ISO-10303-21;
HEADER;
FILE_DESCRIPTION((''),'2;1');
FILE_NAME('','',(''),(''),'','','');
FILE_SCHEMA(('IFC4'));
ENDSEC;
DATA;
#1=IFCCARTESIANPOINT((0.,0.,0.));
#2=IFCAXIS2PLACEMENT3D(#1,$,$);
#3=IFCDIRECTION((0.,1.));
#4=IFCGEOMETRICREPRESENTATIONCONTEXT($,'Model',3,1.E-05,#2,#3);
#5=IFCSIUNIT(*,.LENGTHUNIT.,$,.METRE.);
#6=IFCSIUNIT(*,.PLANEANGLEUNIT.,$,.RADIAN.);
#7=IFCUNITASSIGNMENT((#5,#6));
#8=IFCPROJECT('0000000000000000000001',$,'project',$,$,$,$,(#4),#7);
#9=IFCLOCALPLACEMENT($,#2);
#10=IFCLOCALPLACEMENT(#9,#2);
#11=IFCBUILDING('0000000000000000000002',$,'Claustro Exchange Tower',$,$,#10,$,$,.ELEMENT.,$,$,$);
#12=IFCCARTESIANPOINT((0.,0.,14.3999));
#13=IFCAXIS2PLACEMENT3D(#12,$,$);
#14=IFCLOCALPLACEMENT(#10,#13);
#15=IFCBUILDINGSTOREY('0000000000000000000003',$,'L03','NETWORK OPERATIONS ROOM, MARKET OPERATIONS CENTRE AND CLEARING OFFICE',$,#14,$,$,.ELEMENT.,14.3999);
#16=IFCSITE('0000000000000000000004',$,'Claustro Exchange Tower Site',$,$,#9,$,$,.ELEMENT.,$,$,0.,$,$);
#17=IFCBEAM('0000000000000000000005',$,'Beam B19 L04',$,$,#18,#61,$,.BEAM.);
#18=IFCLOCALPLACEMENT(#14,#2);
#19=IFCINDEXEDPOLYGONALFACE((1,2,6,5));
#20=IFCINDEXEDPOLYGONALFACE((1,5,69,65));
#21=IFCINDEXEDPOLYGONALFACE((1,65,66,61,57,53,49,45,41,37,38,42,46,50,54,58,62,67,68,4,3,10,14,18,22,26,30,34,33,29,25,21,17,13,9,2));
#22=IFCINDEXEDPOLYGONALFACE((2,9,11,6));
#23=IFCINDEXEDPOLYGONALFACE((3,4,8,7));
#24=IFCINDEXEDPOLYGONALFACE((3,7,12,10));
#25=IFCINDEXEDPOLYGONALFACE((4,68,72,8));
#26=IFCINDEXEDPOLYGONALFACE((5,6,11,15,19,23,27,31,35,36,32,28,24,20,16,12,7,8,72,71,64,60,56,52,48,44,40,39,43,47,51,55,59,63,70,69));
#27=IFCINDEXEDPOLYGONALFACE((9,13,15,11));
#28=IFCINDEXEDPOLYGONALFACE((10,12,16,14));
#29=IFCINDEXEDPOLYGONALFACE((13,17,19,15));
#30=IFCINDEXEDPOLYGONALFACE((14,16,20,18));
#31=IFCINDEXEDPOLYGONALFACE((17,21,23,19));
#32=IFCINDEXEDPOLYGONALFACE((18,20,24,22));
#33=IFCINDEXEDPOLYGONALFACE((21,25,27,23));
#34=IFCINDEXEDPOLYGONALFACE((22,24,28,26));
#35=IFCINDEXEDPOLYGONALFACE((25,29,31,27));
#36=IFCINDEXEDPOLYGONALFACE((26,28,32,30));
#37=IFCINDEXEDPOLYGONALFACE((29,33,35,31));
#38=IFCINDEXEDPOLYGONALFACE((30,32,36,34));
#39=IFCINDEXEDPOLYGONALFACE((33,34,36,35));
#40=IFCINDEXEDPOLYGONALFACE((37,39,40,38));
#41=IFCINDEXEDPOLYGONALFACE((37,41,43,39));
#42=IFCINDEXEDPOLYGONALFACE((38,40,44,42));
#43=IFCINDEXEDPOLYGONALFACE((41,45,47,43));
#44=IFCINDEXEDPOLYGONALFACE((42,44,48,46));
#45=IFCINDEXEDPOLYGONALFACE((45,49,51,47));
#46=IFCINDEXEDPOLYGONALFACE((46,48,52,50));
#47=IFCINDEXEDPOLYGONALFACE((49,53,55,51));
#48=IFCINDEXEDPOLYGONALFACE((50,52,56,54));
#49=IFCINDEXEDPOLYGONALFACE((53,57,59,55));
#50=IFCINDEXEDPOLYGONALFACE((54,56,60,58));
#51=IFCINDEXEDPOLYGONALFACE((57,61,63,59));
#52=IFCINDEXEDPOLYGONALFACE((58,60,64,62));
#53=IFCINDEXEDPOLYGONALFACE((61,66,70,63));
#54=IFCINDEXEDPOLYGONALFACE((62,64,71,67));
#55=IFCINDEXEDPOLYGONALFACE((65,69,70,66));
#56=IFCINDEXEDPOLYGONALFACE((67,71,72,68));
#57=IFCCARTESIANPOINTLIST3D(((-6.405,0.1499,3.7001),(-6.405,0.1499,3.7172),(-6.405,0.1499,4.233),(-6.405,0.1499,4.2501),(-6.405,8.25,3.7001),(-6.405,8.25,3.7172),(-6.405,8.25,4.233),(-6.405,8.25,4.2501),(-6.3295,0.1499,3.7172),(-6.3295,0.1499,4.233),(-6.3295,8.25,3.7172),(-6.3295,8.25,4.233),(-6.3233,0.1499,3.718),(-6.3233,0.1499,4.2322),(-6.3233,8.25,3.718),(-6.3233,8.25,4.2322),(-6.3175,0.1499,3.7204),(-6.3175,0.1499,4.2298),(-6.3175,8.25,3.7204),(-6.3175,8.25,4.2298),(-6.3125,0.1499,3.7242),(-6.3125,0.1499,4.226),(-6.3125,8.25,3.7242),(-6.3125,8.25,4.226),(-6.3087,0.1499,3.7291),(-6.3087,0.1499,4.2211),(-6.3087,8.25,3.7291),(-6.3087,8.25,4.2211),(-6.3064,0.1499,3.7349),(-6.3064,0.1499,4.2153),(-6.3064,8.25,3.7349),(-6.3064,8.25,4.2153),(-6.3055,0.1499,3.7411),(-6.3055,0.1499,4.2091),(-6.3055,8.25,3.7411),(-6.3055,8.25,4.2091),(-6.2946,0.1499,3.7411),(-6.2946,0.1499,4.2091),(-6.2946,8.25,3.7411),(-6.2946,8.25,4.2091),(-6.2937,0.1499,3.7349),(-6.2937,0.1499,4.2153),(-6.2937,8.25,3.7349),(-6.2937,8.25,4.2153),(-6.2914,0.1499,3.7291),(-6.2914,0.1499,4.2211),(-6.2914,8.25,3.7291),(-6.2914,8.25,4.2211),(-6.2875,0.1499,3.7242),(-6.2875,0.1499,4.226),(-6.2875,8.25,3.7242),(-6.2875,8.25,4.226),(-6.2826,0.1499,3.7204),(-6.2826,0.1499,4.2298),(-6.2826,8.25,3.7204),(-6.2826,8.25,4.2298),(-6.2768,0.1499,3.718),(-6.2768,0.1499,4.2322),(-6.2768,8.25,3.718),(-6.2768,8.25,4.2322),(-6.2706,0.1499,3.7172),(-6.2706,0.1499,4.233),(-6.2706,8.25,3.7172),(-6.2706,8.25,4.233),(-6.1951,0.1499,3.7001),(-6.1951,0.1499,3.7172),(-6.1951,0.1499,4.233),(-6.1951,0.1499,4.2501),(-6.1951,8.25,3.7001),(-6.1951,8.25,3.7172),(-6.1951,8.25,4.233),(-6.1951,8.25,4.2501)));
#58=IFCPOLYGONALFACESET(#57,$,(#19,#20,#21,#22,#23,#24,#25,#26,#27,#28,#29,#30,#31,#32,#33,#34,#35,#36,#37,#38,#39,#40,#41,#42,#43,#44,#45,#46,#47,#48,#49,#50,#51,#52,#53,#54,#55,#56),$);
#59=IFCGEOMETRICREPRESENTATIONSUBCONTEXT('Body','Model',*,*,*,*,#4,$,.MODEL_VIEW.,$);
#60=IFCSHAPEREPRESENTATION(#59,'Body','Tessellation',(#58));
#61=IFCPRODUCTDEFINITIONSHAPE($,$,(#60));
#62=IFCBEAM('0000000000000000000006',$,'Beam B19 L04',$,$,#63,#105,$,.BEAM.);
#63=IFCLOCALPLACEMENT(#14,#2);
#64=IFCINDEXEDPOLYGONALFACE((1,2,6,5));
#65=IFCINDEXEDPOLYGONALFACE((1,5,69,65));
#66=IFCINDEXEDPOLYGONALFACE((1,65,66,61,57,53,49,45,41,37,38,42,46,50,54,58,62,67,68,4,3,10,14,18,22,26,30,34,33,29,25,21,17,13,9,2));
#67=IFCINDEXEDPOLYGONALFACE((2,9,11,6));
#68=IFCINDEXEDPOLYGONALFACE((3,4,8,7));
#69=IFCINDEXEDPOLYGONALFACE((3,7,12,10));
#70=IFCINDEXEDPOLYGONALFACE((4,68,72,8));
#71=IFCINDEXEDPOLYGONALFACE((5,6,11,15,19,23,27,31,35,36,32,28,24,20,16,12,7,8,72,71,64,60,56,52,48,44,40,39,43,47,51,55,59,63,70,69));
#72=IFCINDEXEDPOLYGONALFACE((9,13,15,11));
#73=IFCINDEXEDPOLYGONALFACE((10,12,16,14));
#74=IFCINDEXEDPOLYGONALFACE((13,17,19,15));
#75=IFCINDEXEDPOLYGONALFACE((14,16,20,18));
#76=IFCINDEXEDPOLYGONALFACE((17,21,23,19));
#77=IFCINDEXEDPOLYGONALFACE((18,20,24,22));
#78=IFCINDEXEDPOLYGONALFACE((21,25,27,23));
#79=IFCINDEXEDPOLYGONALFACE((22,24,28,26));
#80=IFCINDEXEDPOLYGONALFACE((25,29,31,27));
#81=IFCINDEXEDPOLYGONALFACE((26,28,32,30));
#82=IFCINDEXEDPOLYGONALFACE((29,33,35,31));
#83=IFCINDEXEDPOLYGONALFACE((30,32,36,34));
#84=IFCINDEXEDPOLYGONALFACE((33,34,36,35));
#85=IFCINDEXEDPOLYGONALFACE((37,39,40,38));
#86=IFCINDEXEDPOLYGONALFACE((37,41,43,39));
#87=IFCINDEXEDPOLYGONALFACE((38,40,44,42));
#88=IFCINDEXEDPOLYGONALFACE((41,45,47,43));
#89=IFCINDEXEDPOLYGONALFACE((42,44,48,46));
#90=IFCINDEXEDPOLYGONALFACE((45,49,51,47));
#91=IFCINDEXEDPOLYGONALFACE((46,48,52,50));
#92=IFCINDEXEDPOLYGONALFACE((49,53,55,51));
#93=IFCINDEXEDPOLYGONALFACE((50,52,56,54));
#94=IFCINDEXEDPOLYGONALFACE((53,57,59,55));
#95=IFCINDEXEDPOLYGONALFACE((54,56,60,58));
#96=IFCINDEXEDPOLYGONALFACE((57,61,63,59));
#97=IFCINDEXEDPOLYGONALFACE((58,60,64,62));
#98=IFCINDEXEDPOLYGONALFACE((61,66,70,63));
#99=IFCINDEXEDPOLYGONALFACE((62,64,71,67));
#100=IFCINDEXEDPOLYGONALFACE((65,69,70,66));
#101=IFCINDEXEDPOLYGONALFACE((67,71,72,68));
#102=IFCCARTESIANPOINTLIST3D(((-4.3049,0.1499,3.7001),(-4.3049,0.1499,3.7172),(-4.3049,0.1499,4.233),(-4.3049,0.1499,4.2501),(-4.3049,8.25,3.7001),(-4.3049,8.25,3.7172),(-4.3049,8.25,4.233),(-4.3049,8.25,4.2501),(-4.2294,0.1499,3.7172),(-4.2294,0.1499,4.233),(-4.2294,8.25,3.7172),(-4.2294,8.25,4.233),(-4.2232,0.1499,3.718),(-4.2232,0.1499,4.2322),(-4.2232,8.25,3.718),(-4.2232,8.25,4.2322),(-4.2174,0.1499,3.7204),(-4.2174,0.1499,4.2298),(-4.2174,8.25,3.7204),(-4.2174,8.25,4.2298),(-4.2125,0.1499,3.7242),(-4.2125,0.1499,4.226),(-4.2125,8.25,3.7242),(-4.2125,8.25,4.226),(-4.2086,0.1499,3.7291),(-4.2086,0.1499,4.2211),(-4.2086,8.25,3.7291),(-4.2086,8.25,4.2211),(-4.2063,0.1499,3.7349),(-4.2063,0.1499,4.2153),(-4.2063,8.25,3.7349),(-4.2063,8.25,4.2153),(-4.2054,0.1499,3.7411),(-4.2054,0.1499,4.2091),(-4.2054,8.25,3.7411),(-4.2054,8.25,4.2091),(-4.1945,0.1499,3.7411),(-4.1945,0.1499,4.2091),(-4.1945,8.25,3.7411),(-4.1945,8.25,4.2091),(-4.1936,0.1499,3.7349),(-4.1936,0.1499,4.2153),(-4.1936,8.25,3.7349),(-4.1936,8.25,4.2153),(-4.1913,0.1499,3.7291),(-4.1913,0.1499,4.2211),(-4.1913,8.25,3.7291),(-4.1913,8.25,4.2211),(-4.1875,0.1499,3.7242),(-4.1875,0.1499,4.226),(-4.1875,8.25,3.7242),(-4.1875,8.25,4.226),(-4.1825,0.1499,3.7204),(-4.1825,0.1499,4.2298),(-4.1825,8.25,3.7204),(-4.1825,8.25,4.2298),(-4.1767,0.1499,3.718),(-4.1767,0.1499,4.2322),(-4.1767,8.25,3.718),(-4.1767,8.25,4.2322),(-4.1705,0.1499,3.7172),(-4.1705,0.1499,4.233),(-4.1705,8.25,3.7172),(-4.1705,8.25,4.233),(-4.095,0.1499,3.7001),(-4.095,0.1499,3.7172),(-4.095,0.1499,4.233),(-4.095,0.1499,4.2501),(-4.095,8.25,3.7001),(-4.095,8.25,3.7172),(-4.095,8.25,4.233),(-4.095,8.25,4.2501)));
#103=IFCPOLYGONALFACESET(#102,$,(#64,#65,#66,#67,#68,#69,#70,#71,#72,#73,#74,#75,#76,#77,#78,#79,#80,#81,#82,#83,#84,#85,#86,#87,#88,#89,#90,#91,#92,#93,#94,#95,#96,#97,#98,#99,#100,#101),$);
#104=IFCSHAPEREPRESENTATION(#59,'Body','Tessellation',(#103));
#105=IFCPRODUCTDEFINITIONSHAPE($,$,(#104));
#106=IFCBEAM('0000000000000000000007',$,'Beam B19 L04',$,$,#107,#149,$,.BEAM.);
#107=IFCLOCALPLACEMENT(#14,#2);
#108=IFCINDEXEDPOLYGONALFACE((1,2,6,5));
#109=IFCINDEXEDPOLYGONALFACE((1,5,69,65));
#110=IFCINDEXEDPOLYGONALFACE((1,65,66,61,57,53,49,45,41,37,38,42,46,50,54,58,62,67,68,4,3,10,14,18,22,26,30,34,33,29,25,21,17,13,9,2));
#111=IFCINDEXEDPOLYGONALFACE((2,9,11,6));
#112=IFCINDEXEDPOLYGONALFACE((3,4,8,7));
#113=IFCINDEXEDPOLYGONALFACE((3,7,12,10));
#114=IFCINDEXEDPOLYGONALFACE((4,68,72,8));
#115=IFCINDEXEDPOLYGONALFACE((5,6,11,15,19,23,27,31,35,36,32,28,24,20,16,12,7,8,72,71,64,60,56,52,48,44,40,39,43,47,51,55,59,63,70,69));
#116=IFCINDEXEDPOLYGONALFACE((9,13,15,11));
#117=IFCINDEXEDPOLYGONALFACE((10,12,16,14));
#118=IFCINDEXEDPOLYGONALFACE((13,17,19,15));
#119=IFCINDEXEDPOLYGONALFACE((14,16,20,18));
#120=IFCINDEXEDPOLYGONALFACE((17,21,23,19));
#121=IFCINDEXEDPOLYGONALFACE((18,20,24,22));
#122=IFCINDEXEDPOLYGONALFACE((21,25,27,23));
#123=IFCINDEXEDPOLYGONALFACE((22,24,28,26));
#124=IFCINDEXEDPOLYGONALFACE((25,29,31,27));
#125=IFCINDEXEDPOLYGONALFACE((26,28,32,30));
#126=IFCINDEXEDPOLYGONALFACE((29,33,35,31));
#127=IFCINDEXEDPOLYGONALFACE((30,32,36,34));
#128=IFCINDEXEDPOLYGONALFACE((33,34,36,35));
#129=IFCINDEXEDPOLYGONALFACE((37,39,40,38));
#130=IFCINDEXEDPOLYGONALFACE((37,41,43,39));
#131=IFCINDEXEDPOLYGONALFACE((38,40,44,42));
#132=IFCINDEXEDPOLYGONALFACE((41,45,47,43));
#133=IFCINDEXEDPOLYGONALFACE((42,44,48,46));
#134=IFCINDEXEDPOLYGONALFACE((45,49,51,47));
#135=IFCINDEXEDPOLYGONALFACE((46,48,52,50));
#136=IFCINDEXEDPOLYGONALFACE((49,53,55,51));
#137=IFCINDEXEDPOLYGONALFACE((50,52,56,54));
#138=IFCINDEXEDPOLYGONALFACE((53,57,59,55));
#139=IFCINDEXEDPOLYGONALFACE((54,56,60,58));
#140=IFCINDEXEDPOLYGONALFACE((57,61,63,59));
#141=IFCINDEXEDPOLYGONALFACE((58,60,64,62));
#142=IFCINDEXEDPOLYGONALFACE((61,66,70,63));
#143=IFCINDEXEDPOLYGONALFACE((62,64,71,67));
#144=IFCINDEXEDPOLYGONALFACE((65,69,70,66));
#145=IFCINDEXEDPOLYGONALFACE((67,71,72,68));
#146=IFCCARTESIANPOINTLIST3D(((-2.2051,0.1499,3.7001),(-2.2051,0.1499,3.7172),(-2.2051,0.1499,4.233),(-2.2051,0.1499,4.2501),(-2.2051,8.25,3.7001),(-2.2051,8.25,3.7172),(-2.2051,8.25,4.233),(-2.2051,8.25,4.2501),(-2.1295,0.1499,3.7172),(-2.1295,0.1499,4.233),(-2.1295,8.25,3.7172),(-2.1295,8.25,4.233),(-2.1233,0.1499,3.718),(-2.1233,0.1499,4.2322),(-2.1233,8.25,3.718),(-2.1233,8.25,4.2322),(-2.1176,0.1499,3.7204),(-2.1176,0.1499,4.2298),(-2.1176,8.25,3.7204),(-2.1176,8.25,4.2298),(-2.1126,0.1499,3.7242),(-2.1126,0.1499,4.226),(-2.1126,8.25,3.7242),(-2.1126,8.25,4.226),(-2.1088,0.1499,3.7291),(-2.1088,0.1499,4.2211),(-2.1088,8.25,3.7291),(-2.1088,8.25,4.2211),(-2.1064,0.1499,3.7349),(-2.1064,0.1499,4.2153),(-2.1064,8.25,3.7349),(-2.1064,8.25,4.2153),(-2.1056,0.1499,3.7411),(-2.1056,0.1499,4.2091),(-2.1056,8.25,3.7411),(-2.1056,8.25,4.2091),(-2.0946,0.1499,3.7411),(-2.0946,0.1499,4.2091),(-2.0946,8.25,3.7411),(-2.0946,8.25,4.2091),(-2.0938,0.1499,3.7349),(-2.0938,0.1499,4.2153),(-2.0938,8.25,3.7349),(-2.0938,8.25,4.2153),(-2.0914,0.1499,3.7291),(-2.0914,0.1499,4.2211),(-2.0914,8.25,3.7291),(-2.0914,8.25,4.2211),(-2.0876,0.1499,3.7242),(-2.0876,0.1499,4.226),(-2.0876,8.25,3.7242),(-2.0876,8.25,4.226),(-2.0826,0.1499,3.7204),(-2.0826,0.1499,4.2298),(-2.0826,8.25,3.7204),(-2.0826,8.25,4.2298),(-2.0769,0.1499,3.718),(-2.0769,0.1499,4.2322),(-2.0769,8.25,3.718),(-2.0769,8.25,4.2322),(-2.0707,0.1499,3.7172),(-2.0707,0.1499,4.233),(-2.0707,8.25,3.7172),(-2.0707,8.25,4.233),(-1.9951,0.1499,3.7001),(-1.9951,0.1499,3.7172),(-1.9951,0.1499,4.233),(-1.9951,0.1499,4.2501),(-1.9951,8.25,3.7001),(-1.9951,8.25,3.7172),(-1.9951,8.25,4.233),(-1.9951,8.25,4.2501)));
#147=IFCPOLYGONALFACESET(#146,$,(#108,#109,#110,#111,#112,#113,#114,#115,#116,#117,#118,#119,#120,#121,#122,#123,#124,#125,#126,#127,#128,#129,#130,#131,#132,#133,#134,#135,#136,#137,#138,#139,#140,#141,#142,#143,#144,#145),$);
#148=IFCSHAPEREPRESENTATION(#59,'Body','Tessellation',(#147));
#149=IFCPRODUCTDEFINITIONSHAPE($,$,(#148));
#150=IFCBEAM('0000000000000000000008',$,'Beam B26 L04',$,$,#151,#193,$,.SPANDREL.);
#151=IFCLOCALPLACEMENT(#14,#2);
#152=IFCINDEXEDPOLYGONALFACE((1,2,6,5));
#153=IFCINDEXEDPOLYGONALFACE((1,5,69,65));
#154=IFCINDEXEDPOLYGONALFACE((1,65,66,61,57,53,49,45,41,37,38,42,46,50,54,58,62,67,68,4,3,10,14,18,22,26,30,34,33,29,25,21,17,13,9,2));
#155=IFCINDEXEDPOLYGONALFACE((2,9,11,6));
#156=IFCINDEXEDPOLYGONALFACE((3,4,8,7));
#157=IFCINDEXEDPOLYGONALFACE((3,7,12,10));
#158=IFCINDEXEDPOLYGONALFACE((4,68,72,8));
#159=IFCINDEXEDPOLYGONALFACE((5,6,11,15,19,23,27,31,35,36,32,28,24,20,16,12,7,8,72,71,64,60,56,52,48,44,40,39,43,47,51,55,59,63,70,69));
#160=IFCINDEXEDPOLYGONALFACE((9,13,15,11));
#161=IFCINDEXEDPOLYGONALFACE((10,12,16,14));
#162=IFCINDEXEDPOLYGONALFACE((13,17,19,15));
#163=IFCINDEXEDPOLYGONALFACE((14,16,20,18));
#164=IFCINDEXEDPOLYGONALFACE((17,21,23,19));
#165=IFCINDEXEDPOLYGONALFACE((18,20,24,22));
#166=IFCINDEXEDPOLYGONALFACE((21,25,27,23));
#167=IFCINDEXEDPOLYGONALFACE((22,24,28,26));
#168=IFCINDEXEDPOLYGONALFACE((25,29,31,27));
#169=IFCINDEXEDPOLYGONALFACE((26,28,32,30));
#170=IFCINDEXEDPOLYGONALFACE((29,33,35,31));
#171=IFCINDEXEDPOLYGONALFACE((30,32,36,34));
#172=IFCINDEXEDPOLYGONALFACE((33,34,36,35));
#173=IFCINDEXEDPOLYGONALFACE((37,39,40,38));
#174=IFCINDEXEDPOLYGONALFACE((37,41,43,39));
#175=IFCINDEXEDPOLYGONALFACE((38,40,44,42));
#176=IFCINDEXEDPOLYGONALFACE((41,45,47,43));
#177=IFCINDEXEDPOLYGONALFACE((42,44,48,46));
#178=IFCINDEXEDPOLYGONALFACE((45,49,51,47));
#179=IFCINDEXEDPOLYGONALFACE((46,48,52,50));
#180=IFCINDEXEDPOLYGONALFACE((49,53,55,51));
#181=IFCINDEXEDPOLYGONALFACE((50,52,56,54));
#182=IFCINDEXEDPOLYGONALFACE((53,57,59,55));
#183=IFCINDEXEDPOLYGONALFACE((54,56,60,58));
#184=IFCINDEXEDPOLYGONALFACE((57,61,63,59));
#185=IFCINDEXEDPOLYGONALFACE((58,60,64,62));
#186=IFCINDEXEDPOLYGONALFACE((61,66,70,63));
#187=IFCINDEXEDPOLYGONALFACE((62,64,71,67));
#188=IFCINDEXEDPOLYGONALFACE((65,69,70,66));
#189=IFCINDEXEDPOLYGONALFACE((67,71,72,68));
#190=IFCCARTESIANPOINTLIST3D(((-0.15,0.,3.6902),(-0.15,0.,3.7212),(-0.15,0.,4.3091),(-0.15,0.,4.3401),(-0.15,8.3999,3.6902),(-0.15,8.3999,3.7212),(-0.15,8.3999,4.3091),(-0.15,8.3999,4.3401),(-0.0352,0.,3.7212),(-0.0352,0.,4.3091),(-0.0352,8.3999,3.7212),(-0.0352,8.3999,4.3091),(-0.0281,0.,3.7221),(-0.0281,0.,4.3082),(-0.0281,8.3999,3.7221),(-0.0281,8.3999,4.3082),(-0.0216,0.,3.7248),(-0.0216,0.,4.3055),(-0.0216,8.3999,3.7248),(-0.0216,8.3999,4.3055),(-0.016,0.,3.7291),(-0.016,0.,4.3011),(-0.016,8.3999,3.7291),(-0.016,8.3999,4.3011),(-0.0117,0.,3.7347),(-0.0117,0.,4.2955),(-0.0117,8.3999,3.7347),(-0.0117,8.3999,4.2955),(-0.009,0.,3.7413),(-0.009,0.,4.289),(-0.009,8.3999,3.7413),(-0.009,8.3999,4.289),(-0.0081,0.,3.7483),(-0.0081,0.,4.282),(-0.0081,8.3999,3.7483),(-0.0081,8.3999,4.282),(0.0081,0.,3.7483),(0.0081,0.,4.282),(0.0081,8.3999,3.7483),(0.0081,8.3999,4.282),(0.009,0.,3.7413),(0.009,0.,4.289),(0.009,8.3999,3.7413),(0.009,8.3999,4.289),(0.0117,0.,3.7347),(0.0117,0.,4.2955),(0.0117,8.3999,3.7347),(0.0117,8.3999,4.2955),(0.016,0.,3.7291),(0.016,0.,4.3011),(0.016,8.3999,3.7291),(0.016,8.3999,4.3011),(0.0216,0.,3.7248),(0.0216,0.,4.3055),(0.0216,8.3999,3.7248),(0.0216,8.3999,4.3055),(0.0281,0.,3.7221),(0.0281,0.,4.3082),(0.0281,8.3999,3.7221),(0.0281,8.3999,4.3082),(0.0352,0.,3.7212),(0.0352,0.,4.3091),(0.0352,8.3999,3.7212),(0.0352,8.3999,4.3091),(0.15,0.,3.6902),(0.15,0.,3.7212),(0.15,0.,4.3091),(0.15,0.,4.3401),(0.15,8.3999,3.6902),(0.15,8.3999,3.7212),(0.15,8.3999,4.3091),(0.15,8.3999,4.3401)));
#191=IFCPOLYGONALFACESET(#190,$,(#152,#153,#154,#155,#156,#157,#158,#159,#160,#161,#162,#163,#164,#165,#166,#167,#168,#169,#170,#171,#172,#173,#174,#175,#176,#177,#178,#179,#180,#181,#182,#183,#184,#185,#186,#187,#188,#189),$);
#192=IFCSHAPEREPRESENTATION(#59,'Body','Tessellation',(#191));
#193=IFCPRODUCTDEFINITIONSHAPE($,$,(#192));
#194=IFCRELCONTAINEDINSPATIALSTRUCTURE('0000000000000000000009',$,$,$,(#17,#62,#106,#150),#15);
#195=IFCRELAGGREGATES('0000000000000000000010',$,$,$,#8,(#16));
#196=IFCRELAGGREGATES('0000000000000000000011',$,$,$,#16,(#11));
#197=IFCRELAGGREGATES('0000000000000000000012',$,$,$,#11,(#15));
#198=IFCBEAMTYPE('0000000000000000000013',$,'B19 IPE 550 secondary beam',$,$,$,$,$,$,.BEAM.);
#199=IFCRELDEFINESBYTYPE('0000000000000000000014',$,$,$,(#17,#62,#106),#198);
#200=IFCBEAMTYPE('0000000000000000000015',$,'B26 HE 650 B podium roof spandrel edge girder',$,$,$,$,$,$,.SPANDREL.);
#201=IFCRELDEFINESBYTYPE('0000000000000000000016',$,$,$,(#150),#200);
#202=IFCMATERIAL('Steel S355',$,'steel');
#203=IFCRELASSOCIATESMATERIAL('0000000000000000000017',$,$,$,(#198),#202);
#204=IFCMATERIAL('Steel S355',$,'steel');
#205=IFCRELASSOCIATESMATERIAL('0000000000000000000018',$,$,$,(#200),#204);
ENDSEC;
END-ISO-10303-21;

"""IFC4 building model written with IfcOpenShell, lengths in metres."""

from ifc_helpers import new_model, si_unit, direction, frame, origin, origin_2d, place, context, subcontext, project, spatial, i_section, extrude, material, material_profile, profile_set, type_object, element, save


model = new_model("IFC4")

# Units and contexts
model_context = context("Model", 3, precision=1e-05, world=origin(), true_north=direction((0.0, 1.0)))
body_context = subcontext(model_context, "Body", "Model", "MODEL_VIEW")
ifc_project = project(units=[si_unit("LENGTHUNIT", "METRE"), si_unit("PLANEANGLEUNIT", "RADIAN")], contexts=[model_context])

# Site, building, storey
site_placement = place(None, origin())
site = spatial("IfcSite", under=ifc_project, at=site_placement, Name="Claustro Exchange Tower Site", CompositionType="ELEMENT", RefElevation=0.0)
building_placement = place(site_placement, origin())
building = spatial("IfcBuilding", under=site, at=building_placement, Name="Claustro Exchange Tower", CompositionType="ELEMENT")
storey_placement = place(building_placement, frame((0.0, 0.0, 14.3999)))
storey = spatial("IfcBuildingStorey", under=building, at=storey_placement, Name="L03", Description="NETWORK OPERATIONS ROOM, MARKET OPERATIONS CENTRE AND CLEARING OFFICE", CompositionType="ELEMENT", Elevation=14.3999)

# Beams
ifc_material_1 = material(Name="Steel S355", Category="steel")
ifc_material_profile_1 = material_profile(ifc_material_1, i_section(OverallWidth=0.21, OverallDepth=0.55, WebThickness=0.011, FlangeThickness=0.0171, FilletRadius=0.0239, at=origin_2d()), Name="IPE 550")
ifc_profile_set_1 = profile_set([ifc_material_profile_1], Name="Steel S355")
beam_type_1 = type_object("IfcBeamType", Name="B19 IPE 550 secondary beam", PredefinedType="BEAM", material=ifc_profile_set_1)
for number, where, z_axis, x_axis, name in (
    (1, (-6.3, 0.1499, 3.9751), (0.0, 1.0, 0.0), (-1.0, 0.0, 0.0), "Beam B19 L04"),
    (2, (-4.2, 0.1499, 3.9751), (0.0, 1.0, 0.0), (-1.0, 0.0, 0.0), "Beam B19 L04"),
    (3, (-2.1001, 0.1499, 3.9751), (0.0, 1.0, 0.0), (-1.0, 0.0, 0.0), "Beam B19 L04"),
):
    element("IfcBeam", number, at=place(storey_placement, frame(where, z_axis=z_axis, x_axis=x_axis)), inside=storey, type_object=beam_type_1, Name=name, PredefinedType="BEAM", context=body_context, shape_type="SweptSolid", body=[
        extrude(i_section(OverallWidth=0.21, OverallDepth=0.55, WebThickness=0.011, FlangeThickness=0.0171, FilletRadius=0.0239, at=origin_2d()), origin(), (0.0, 0.0, 1.0), 8.1001),
    ])
ifc_material_2 = material(Name="Steel S355", Category="steel")
ifc_material_profile_2 = material_profile(ifc_material_2, i_section(OverallWidth=0.3, OverallDepth=0.6499, WebThickness=0.0161, FlangeThickness=0.031, FilletRadius=0.0271, at=origin_2d()), Name="HE 650 B")
ifc_profile_set_2 = profile_set([ifc_material_profile_2], Name="Steel S355")
beam_type_2 = type_object("IfcBeamType", Name="B26 HE 650 B podium roof spandrel edge girder", PredefinedType="SPANDREL", material=ifc_profile_set_2)
for number, where, z_axis, x_axis, name in (
    (4, (0.0, 0.0, 4.0151), (0.0, 1.0, 0.0), (-1.0, 0.0, 0.0), "Beam B26 L04"),
):
    element("IfcBeam", number, at=place(storey_placement, frame(where, z_axis=z_axis, x_axis=x_axis)), inside=storey, type_object=beam_type_2, Name=name, PredefinedType="SPANDREL", context=body_context, shape_type="SweptSolid", body=[
        extrude(i_section(OverallWidth=0.3, OverallDepth=0.6499, WebThickness=0.0161, FlangeThickness=0.031, FilletRadius=0.0271, at=origin_2d()), origin(), (0.0, 0.0, 1.0), 8.3999),
    ])

save(model, "model.ifc")
